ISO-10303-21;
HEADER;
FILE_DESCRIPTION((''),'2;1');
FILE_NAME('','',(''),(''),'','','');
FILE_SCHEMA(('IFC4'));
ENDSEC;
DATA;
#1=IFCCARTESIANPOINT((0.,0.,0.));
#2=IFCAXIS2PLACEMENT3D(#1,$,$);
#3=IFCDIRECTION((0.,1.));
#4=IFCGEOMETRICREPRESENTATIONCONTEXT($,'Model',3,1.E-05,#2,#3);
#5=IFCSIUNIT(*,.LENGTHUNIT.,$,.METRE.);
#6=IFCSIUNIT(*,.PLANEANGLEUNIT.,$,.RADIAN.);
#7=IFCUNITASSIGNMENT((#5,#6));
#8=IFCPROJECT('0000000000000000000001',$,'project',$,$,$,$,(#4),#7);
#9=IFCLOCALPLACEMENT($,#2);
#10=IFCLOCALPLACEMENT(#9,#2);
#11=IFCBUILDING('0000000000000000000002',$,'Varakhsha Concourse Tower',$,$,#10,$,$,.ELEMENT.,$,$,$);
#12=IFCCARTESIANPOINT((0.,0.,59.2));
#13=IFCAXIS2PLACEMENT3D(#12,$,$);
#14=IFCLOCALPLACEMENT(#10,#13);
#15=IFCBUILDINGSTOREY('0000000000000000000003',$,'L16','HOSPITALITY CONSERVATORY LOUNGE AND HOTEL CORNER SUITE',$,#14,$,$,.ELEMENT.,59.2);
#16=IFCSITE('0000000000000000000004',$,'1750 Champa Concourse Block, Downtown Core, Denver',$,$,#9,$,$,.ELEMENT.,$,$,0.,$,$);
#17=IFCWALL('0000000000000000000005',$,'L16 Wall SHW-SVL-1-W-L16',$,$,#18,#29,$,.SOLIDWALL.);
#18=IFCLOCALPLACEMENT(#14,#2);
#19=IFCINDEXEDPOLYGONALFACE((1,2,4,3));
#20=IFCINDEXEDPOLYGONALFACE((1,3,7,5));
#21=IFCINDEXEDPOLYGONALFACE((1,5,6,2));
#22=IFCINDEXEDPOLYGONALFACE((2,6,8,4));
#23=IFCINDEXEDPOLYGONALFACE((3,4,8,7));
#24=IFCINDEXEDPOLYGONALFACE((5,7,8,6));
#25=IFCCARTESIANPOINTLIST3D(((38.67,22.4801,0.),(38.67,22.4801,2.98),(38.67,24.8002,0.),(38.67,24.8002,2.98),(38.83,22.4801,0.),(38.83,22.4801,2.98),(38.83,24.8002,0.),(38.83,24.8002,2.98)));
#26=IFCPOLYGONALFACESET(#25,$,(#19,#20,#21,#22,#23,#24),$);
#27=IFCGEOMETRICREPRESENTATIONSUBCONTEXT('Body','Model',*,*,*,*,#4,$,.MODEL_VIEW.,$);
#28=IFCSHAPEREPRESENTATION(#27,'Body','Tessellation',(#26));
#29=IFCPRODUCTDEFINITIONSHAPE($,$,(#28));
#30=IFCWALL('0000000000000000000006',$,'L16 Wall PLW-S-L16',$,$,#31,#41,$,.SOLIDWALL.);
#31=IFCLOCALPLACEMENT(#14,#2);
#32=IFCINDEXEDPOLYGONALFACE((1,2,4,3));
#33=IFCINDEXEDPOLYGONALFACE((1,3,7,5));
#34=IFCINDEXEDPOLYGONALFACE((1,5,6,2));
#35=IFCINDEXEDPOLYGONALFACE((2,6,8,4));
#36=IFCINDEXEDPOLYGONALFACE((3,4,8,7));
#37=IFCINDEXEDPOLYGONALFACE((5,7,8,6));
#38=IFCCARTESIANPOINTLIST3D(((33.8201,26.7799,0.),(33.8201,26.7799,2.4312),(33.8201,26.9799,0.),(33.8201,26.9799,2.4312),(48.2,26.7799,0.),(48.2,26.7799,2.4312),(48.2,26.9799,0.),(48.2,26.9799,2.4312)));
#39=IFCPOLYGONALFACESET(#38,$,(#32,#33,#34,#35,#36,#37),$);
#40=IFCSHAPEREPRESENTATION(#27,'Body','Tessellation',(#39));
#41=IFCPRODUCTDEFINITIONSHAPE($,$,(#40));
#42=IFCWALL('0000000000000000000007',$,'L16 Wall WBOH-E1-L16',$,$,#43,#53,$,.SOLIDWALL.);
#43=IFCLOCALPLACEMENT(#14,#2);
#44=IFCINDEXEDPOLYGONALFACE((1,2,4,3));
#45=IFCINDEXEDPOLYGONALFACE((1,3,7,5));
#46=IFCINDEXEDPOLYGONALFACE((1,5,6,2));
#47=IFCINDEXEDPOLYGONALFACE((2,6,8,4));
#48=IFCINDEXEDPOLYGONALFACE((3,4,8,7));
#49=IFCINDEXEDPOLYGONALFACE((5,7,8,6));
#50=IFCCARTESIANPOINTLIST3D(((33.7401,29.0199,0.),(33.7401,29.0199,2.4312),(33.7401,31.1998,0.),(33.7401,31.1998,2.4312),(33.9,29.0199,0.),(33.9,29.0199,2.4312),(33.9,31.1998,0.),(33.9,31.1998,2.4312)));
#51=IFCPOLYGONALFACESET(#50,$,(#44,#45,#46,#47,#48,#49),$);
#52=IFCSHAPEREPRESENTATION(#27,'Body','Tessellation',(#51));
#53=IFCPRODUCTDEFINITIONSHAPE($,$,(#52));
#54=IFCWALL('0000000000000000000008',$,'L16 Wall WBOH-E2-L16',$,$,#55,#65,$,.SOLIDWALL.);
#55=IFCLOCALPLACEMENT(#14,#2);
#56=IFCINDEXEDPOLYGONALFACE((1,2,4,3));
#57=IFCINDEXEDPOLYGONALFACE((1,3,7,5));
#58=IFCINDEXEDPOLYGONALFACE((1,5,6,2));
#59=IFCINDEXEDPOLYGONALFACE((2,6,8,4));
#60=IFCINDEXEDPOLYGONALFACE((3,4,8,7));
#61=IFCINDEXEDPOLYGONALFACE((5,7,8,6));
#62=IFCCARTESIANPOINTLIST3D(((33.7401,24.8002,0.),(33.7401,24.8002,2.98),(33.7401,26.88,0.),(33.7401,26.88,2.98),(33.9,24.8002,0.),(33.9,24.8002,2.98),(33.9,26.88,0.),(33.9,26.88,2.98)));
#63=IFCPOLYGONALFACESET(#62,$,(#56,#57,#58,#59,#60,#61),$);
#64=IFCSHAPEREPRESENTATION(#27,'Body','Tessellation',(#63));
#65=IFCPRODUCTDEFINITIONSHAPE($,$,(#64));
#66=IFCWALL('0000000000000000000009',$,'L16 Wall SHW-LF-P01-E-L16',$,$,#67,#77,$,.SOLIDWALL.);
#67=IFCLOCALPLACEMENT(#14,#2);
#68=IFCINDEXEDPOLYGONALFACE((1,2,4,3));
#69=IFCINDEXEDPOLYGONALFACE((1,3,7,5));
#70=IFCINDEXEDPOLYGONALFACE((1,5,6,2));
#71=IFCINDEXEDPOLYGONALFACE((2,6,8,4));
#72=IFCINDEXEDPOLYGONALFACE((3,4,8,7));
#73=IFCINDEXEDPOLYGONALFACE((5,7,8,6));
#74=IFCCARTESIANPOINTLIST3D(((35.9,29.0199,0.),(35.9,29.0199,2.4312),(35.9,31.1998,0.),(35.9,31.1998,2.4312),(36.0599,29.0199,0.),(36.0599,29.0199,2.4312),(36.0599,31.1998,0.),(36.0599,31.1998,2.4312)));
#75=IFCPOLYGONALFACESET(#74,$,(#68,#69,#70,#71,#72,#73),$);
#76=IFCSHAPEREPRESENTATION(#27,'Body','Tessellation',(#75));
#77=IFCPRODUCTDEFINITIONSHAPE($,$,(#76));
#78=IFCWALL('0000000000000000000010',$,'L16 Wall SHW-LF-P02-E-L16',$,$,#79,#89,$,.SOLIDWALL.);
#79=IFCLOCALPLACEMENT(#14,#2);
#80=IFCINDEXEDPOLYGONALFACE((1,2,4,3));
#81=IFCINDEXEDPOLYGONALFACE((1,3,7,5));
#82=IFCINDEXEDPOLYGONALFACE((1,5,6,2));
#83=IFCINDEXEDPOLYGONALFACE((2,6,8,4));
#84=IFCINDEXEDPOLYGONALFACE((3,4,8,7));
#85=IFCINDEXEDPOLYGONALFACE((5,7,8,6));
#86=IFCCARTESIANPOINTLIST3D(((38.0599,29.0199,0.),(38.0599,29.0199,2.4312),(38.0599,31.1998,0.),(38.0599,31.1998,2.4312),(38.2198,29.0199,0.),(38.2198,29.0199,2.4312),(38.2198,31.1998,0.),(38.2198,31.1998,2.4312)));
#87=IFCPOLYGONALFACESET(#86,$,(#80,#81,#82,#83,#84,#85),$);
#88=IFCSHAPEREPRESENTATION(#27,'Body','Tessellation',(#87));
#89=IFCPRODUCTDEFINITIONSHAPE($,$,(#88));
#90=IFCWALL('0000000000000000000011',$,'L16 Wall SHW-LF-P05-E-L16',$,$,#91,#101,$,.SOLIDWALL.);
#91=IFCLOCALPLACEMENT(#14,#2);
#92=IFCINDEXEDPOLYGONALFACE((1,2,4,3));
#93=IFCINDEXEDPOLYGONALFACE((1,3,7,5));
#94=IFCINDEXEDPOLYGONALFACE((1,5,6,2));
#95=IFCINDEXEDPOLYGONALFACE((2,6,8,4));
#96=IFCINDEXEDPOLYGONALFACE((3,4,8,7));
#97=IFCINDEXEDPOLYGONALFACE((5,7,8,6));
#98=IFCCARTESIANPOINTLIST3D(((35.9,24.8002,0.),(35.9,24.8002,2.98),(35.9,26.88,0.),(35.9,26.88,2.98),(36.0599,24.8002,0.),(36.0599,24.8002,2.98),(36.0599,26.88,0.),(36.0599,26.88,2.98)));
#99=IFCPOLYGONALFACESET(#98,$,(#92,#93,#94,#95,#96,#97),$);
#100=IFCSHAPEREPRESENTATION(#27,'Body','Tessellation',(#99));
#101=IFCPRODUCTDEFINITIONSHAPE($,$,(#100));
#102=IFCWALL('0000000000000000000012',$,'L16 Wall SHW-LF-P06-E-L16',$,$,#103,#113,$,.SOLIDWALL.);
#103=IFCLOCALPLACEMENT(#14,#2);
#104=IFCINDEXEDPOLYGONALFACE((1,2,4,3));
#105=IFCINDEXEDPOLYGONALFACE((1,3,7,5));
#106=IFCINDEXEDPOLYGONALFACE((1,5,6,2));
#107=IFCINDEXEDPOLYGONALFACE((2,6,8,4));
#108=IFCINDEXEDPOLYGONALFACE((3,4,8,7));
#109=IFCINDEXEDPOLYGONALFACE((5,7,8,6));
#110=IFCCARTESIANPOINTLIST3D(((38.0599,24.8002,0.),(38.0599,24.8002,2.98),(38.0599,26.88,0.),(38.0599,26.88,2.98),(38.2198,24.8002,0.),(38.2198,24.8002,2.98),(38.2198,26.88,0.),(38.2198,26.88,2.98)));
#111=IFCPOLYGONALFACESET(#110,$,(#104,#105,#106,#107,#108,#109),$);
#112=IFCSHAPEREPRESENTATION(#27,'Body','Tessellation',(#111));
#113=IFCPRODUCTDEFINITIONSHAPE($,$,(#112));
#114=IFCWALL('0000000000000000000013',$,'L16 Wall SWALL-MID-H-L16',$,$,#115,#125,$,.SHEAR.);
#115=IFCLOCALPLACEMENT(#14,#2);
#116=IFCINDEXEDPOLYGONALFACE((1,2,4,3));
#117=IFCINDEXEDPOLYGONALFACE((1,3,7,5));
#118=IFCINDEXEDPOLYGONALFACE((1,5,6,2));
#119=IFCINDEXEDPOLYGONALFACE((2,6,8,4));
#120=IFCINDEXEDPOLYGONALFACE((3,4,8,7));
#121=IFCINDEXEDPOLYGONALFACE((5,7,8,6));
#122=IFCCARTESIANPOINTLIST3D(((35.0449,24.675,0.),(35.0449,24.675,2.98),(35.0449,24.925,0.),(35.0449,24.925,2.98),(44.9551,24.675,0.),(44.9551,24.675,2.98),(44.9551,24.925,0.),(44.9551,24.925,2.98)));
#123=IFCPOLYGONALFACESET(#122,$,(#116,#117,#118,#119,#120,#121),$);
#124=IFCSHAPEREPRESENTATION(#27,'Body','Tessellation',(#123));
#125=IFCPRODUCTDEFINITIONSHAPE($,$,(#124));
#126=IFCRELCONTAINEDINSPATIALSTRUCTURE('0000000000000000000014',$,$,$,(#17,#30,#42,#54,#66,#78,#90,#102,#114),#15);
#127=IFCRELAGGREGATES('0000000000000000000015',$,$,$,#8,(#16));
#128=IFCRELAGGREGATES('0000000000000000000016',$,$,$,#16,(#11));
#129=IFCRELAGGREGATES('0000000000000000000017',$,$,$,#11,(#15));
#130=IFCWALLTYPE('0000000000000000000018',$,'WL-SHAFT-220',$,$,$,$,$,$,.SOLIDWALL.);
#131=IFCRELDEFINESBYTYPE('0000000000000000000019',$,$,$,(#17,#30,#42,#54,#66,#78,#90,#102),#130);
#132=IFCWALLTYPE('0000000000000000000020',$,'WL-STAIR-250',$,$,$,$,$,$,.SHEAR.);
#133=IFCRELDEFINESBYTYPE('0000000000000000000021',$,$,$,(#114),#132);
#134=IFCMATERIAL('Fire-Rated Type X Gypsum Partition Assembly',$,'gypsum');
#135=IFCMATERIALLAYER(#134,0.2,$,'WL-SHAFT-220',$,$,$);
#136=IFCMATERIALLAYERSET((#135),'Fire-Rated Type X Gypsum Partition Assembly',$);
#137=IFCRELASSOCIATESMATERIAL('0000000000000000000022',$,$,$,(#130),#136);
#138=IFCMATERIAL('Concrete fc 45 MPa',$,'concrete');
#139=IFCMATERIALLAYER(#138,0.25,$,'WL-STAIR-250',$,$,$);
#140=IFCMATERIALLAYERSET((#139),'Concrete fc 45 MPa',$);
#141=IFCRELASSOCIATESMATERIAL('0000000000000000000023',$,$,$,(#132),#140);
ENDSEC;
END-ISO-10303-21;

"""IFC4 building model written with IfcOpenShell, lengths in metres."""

from ifc_helpers import new_model, si_unit, direction, frame, frame_2d, origin, place, context, subcontext, project, spatial, rectangle, extrude, material, layer, layer_set, type_object, element, save


model = new_model("IFC4")

# Units and contexts
model_context = context("Model", 3, precision=1e-05, world=origin(), true_north=direction((0.0, 1.0)))
body_context = subcontext(model_context, "Body", "Model", "MODEL_VIEW")
ifc_project = project(units=[si_unit("LENGTHUNIT", "METRE"), si_unit("PLANEANGLEUNIT", "RADIAN")], contexts=[model_context])

# Site, building, storey
site_placement = place(None, origin())
site = spatial("IfcSite", under=ifc_project, at=site_placement, Name="1750 Champa Concourse Block, Downtown Core, Denver", CompositionType="ELEMENT", RefElevation=0.0)
building_placement = place(site_placement, origin())
building = spatial("IfcBuilding", under=site, at=building_placement, Name="Varakhsha Concourse Tower", CompositionType="ELEMENT")
storey_placement = place(building_placement, frame((0.0, 0.0, 59.2)))
storey = spatial("IfcBuildingStorey", under=building, at=storey_placement, Name="L16", Description="HOSPITALITY CONSERVATORY LOUNGE AND HOTEL CORNER SUITE", CompositionType="ELEMENT", Elevation=59.2)

# Shared definitions
ifc_material_1 = material(Name="Fire-Rated Type X Gypsum Partition Assembly", Category="gypsum")

# Wall
ifc_layer_1 = layer(ifc_material_1, 0.2, Name="WL-SHAFT-220")
ifc_layer_set_1 = layer_set([ifc_layer_1], Name="Fire-Rated Type X Gypsum Partition Assembly")
wall_type_1 = type_object("IfcWallType", Name="WL-SHAFT-220", PredefinedType="SOLIDWALL", material=ifc_layer_set_1)
wall_1_placement = place(storey_placement, frame((38.75, 22.48, 0.0), z_axis=(0.0, 0.0, 1.0), x_axis=(0.0, 1.0, 0.0)))
element("IfcWall", 1, at=wall_1_placement, inside=storey, type_object=wall_type_1, Name="L16 Wall SHW-SVL-1-W-L16", PredefinedType="SOLIDWALL", context=body_context, shape_type="SweptSolid", body=[
    extrude(rectangle(XDim=2.3201, YDim=0.1599, at=frame_2d((1.1602, 0.0))), origin(), (0.0, 0.0, 1.0), 2.98),
])

# Walls
wall_2_placement = place(storey_placement, frame((33.8201, 26.8799, 0.0), z_axis=(0.0, 0.0, 1.0), x_axis=(1.0, 0.0, 0.0)))
element("IfcWall", 2, at=wall_2_placement, inside=storey, type_object=wall_type_1, Name="L16 Wall PLW-S-L16", PredefinedType="SOLIDWALL", context=body_context, shape_type="SweptSolid", body=[
    extrude(rectangle(XDim=14.3799, YDim=0.2, at=frame_2d((7.1899, 0.0))), origin(), (0.0, 0.0, 1.0), 2.4312),
])
wall_3_placement = place(storey_placement, frame((33.8201, 29.02, 0.0), z_axis=(0.0, 0.0, 1.0), x_axis=(0.0, 1.0, 0.0)))
element("IfcWall", 3, at=wall_3_placement, inside=storey, type_object=wall_type_1, Name="L16 Wall WBOH-E1-L16", PredefinedType="SOLIDWALL", context=body_context, shape_type="SweptSolid", body=[
    extrude(rectangle(XDim=2.1799, YDim=0.1599, at=frame_2d((1.0898, 0.0))), origin(), (0.0, 0.0, 1.0), 2.4312),
])
wall_4_placement = place(storey_placement, frame((33.8201, 24.8, 0.0), z_axis=(0.0, 0.0, 1.0), x_axis=(0.0, 1.0, 0.0)))
element("IfcWall", 4, at=wall_4_placement, inside=storey, type_object=wall_type_1, Name="L16 Wall WBOH-E2-L16", PredefinedType="SOLIDWALL", context=body_context, shape_type="SweptSolid", body=[
    extrude(rectangle(XDim=2.0798, YDim=0.1599, at=frame_2d((1.04, 0.0))), origin(), (0.0, 0.0, 1.0), 2.98),
])
for number, where, z_axis, x_axis, name in (
    (5, (35.98, 29.02, 0.0), (0.0, 0.0, 1.0), (0.0, 1.0, 0.0), "L16 Wall SHW-LF-P01-E-L16"),
    (6, (38.1399, 29.02, 0.0), (0.0, 0.0, 1.0), (0.0, 1.0, 0.0), "L16 Wall SHW-LF-P02-E-L16"),
):
    element("IfcWall", number, at=place(storey_placement, frame(where, z_axis=z_axis, x_axis=x_axis)), inside=storey, type_object=wall_type_1, Name=name, PredefinedType="SOLIDWALL", context=body_context, shape_type="SweptSolid", body=[
        extrude(rectangle(XDim=2.1799, YDim=0.1599, at=frame_2d((1.0898, 0.0))), origin(), (0.0, 0.0, 1.0), 2.4312),
    ])
for number, where, z_axis, x_axis, name in (
    (7, (35.98, 24.8, 0.0), (0.0, 0.0, 1.0), (0.0, 1.0, 0.0), "L16 Wall SHW-LF-P05-E-L16"),
    (8, (38.1399, 24.8, 0.0), (0.0, 0.0, 1.0), (0.0, 1.0, 0.0), "L16 Wall SHW-LF-P06-E-L16"),
):
    element("IfcWall", number, at=place(storey_placement, frame(where, z_axis=z_axis, x_axis=x_axis)), inside=storey, type_object=wall_type_1, Name=name, PredefinedType="SOLIDWALL", context=body_context, shape_type="SweptSolid", body=[
        extrude(rectangle(XDim=2.0798, YDim=0.1599, at=frame_2d((1.04, 0.0))), origin(), (0.0, 0.0, 1.0), 2.98),
    ])
ifc_material_2 = material(Name="Concrete fc 45 MPa", Category="concrete")
ifc_layer_2 = layer(ifc_material_2, 0.25, Name="WL-STAIR-250")
ifc_layer_set_2 = layer_set([ifc_layer_2], Name="Concrete fc 45 MPa")
wall_type_2 = type_object("IfcWallType", Name="WL-STAIR-250", PredefinedType="SHEAR", material=ifc_layer_set_2)
wall_5_placement = place(storey_placement, frame((35.0449, 24.8, 0.0), z_axis=(0.0, 0.0, 1.0), x_axis=(1.0, 0.0, 0.0)))
element("IfcWall", 9, at=wall_5_placement, inside=storey, type_object=wall_type_2, Name="L16 Wall SWALL-MID-H-L16", PredefinedType="SHEAR", context=body_context, shape_type="SweptSolid", body=[
    extrude(rectangle(XDim=9.9102, YDim=0.25, at=frame_2d((4.9551, 0.0))), origin(), (0.0, 0.0, 1.0), 2.98),
])

save(model, "model.ifc")
